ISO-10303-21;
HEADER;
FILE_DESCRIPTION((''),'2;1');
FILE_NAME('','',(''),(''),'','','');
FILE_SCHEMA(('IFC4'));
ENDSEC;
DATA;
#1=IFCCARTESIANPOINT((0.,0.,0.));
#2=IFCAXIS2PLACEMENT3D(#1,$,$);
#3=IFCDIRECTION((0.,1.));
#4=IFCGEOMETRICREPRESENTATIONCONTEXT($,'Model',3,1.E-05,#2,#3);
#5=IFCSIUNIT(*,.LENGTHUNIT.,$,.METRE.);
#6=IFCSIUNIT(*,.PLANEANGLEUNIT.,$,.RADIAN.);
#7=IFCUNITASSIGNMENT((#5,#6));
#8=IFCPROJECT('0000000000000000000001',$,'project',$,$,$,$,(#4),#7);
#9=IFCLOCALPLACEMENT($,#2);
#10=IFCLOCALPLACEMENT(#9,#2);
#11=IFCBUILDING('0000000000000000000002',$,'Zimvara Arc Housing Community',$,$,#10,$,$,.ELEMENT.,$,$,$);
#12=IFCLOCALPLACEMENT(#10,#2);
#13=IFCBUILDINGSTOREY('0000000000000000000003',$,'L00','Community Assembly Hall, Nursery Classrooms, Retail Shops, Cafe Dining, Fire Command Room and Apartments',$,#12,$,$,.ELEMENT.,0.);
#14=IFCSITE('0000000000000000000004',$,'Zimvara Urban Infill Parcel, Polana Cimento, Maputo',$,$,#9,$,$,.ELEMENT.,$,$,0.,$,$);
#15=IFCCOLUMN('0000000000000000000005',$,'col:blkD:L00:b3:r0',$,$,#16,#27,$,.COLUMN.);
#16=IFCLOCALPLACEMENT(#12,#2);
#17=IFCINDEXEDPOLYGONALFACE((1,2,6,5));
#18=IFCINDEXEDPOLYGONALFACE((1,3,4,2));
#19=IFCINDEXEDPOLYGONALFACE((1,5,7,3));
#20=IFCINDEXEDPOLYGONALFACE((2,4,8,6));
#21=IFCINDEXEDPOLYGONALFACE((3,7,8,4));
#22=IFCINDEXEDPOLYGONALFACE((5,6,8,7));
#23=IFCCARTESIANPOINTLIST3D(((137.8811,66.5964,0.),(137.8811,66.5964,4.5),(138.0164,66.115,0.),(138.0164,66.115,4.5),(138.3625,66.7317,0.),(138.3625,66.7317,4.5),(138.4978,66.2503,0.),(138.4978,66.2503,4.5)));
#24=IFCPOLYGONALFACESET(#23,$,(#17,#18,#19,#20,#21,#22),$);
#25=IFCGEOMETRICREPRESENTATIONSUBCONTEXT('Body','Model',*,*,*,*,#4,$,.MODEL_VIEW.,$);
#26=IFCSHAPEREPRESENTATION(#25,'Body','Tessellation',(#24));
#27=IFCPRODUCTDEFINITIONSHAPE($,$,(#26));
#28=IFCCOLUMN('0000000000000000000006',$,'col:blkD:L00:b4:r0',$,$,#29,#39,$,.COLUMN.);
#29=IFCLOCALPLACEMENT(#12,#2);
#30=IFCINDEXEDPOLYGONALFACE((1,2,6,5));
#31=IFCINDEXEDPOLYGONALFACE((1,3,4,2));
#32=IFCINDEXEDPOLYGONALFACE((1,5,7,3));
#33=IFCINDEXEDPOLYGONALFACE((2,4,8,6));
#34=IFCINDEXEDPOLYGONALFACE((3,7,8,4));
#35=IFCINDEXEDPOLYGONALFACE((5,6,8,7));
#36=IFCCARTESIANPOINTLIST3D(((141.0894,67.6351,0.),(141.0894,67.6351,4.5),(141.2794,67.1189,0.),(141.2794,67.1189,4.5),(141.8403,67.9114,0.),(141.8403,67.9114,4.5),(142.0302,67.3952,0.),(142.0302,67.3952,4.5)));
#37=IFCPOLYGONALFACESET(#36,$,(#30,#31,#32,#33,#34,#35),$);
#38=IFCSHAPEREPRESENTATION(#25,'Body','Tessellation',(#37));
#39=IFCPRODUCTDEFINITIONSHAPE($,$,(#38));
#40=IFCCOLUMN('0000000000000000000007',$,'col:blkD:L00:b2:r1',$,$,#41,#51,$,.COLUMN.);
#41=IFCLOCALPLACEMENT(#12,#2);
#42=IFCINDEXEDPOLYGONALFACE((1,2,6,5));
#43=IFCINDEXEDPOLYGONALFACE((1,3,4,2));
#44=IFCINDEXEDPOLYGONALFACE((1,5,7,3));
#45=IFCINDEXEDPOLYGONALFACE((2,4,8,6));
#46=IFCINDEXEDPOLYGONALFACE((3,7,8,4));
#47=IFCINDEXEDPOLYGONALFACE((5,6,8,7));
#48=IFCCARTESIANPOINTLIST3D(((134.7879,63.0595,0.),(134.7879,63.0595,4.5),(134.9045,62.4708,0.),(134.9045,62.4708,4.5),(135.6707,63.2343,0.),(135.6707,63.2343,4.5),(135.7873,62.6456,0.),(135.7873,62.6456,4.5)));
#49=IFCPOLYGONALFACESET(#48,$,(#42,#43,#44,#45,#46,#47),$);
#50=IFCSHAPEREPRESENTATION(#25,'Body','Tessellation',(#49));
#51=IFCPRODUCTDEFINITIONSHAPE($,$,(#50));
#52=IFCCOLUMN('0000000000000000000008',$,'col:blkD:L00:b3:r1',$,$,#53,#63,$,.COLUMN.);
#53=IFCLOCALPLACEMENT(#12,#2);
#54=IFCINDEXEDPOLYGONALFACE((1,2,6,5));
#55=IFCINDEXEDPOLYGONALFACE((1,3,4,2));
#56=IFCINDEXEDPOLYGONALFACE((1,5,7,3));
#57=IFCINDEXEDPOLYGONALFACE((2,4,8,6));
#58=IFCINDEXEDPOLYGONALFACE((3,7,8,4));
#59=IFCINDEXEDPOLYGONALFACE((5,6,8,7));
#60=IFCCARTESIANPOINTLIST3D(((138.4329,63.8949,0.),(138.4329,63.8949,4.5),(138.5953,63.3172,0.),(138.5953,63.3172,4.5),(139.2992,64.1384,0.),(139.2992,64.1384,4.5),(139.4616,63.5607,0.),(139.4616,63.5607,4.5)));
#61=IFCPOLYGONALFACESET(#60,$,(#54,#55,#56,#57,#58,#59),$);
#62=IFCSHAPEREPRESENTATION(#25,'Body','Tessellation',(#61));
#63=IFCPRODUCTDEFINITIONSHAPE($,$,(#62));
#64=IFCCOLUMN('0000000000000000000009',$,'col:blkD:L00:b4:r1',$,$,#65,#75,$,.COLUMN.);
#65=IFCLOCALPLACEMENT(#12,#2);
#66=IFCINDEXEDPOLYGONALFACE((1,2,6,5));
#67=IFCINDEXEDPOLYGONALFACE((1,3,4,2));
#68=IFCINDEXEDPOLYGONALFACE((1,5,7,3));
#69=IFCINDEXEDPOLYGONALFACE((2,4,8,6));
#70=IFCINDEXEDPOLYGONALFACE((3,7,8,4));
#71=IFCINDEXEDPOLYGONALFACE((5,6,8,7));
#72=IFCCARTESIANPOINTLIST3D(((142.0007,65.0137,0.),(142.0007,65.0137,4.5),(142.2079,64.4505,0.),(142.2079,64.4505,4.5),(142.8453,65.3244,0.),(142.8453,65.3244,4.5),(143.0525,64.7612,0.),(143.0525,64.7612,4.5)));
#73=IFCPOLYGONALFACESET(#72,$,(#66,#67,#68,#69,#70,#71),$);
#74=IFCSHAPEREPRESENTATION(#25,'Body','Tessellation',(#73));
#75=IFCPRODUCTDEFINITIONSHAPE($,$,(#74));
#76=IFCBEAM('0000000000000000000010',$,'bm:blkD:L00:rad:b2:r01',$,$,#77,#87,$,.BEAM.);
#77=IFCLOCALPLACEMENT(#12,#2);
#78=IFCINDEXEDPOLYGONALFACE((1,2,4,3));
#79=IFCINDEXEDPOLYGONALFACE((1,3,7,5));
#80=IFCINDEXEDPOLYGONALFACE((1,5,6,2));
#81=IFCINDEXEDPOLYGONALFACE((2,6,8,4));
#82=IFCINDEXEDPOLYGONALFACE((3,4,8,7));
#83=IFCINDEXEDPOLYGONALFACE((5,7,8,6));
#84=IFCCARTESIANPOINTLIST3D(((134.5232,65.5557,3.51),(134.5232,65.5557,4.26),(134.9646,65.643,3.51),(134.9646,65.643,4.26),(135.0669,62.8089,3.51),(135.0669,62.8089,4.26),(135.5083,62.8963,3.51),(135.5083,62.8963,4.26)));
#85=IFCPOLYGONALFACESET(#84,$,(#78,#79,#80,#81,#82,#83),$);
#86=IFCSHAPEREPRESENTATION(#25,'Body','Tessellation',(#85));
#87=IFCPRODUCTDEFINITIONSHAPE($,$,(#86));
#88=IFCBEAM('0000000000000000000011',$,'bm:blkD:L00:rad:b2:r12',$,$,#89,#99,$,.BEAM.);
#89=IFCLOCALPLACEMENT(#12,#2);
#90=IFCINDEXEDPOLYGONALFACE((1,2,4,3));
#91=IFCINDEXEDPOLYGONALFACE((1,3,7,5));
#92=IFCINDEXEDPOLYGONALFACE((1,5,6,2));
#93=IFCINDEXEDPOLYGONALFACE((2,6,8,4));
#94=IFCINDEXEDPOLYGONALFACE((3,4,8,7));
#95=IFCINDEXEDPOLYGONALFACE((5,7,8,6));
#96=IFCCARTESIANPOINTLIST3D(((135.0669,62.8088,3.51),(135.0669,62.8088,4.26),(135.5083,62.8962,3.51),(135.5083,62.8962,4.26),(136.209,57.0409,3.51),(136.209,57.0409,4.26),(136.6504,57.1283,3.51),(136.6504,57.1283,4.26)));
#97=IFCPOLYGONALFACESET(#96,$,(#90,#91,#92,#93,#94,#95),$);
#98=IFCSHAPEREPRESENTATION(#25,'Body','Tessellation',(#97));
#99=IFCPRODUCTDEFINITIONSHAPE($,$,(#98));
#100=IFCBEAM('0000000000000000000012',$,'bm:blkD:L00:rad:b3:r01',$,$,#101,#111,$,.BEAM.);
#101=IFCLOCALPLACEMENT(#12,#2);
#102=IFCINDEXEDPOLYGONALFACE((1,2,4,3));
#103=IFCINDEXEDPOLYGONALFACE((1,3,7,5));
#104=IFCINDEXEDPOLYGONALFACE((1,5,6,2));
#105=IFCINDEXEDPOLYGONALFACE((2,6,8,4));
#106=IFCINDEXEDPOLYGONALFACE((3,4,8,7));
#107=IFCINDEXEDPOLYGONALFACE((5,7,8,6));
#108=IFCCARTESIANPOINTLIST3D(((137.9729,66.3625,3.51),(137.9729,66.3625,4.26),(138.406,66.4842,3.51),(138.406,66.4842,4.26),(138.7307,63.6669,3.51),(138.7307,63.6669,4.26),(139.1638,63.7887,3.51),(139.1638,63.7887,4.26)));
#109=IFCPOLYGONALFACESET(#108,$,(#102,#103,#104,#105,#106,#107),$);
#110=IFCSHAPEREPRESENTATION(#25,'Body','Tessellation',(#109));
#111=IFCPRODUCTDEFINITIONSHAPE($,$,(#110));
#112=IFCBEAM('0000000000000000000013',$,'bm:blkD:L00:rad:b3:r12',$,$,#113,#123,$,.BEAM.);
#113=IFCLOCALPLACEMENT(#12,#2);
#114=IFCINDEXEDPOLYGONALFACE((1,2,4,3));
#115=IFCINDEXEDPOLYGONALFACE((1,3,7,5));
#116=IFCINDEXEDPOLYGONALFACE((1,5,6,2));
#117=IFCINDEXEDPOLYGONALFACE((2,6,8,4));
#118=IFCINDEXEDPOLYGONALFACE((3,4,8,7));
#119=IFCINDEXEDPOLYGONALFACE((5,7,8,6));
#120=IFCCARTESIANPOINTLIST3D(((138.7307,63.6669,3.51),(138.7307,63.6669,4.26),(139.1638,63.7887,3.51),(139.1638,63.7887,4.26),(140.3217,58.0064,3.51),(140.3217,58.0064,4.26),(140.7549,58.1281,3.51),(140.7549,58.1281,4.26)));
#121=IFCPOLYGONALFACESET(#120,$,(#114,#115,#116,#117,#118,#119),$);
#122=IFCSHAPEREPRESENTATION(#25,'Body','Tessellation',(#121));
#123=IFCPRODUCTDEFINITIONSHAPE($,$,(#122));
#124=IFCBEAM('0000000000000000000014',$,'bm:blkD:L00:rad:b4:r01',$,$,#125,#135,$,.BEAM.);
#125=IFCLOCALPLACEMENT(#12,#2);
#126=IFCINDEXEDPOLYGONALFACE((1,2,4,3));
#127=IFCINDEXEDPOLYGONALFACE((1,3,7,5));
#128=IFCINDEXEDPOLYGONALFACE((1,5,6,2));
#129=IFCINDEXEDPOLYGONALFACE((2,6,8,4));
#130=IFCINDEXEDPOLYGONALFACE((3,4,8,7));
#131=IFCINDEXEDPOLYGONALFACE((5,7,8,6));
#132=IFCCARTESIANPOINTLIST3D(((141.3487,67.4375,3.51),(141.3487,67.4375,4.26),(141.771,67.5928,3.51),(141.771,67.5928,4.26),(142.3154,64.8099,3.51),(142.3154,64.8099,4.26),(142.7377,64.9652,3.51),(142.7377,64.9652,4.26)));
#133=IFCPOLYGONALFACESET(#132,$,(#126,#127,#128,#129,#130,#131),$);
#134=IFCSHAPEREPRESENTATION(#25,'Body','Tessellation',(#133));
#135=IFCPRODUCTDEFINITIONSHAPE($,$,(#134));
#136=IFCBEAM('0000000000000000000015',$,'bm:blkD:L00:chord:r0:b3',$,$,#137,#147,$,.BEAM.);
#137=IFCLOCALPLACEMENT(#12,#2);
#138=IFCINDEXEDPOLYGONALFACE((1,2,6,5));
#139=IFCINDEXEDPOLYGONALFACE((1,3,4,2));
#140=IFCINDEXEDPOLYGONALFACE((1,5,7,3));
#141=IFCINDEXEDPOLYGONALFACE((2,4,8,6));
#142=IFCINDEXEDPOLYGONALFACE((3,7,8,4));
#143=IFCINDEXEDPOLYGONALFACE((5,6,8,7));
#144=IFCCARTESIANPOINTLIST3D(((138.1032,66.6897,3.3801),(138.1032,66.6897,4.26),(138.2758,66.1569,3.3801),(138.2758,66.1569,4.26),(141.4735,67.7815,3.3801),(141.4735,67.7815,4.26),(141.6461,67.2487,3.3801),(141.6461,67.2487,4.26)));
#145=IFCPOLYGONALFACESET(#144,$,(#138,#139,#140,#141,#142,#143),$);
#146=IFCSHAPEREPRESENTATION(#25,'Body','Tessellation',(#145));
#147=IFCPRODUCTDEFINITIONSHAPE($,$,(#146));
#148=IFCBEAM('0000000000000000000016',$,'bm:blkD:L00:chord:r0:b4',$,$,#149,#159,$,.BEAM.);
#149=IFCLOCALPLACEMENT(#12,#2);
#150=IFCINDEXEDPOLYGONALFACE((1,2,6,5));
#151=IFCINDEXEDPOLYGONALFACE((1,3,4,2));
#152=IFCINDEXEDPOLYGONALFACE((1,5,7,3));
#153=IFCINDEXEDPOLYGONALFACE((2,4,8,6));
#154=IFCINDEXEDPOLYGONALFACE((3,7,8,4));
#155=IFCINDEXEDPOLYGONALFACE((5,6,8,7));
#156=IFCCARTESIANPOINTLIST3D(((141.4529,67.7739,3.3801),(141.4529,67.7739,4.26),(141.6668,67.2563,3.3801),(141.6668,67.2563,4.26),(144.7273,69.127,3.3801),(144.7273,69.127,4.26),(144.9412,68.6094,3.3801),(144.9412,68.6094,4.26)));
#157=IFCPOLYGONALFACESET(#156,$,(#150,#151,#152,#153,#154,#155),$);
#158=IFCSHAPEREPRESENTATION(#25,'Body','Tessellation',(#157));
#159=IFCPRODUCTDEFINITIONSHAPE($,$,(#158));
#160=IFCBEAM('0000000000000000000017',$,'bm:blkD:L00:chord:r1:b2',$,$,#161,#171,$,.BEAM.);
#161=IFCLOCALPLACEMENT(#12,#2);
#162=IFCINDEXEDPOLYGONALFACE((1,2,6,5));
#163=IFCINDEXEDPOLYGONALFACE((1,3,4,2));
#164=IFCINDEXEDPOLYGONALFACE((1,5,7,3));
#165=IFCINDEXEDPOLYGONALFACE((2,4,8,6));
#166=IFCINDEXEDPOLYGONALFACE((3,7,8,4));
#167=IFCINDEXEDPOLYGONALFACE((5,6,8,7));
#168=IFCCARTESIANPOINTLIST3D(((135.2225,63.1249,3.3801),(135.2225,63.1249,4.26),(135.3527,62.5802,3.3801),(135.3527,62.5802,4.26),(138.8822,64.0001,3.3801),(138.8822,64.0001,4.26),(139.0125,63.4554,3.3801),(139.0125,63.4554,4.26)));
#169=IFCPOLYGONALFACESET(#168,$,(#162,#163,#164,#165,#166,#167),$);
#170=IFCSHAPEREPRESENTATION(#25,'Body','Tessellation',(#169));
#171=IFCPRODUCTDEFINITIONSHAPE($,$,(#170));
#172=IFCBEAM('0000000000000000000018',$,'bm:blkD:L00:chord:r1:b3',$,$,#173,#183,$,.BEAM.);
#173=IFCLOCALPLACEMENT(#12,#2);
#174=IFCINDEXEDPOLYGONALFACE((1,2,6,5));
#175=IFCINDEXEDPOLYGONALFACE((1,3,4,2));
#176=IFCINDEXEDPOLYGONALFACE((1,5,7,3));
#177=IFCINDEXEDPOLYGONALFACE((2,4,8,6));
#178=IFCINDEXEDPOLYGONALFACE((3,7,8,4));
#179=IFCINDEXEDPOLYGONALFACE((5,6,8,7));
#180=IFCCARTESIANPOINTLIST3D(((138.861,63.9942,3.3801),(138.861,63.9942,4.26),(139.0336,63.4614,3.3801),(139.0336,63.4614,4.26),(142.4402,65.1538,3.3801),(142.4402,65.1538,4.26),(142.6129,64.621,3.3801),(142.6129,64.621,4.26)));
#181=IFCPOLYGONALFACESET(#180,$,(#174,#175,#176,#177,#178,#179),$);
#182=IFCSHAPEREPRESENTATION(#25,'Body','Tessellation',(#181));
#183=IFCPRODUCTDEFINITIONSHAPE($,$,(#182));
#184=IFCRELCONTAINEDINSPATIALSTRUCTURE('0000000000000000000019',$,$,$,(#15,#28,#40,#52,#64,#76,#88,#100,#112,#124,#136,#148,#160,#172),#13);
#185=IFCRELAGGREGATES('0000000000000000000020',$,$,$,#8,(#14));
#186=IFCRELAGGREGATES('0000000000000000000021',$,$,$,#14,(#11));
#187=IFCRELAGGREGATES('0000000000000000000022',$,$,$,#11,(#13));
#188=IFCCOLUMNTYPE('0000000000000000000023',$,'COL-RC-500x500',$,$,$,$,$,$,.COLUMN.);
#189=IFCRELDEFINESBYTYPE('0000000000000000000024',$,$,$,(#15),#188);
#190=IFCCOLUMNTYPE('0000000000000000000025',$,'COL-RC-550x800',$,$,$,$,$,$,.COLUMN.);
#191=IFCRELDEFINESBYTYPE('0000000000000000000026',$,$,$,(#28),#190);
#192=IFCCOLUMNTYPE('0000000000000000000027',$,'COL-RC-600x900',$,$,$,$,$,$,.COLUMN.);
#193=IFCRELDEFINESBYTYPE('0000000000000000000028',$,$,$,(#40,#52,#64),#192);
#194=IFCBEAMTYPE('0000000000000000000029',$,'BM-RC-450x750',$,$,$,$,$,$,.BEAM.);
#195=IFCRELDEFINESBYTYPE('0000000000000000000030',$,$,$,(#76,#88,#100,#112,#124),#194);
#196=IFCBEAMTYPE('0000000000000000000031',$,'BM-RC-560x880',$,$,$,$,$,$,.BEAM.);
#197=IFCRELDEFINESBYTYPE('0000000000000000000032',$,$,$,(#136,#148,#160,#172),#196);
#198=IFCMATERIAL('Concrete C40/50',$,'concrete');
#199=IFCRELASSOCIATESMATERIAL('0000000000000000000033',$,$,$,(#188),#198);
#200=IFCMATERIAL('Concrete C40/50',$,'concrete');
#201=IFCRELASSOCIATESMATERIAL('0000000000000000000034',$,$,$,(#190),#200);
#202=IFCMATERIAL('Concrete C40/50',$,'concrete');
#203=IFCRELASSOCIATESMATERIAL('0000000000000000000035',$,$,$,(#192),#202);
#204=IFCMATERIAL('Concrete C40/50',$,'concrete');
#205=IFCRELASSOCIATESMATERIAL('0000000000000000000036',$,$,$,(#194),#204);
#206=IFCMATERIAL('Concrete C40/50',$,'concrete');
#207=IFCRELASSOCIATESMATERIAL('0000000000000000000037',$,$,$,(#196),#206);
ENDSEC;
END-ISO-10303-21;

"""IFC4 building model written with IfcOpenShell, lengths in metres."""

from ifc_helpers import new_model, si_unit, direction, frame, origin, origin_2d, place, context, subcontext, project, spatial, rectangle, extrude, material, material_profile, profile_set, type_object, element, save


model = new_model("IFC4")

# Units and contexts
model_context = context("Model", 3, precision=1e-05, world=origin(), true_north=direction((0.0, 1.0)))
body_context = subcontext(model_context, "Body", "Model", "MODEL_VIEW")
ifc_project = project(units=[si_unit("LENGTHUNIT", "METRE"), si_unit("PLANEANGLEUNIT", "RADIAN")], contexts=[model_context])

# Site, building, storey
site_placement = place(None, origin())
site = spatial("IfcSite", under=ifc_project, at=site_placement, Name="Zimvara Urban Infill Parcel, Polana Cimento, Maputo", CompositionType="ELEMENT", RefElevation=0.0)
building_placement = place(site_placement, origin())
building = spatial("IfcBuilding", under=site, at=building_placement, Name="Zimvara Arc Housing Community", CompositionType="ELEMENT")
storey_placement = place(building_placement, origin())
storey = spatial("IfcBuildingStorey", under=building, at=storey_placement, Name="L00", Description="Community Assembly Hall, Nursery Classrooms, Retail Shops, Cafe Dining, Fire Command Room and Apartments", CompositionType="ELEMENT", Elevation=0.0)

# Columns
ifc_material_1 = material(Name="Concrete C40/50", Category="concrete")
ifc_material_profile_1 = material_profile(ifc_material_1, rectangle(XDim=0.5, YDim=0.5, at=origin_2d()), Name="RC 500x500")
ifc_profile_set_1 = profile_set([ifc_material_profile_1], Name="Concrete C40/50")
column_type_1 = type_object("IfcColumnType", Name="COL-RC-500x500", PredefinedType="COLUMN", material=ifc_profile_set_1)
column_1_placement = place(storey_placement, frame((138.1895, 66.4233, 0.0), z_axis=(0.0, 0.0, 1.0), x_axis=(0.2706, -0.962692, 0.0)))
element("IfcColumn", 1, at=column_1_placement, inside=storey, type_object=column_type_1, Name="col:blkD:L00:b3:r0", PredefinedType="COLUMN", context=body_context, shape_type="SweptSolid", body=[
    extrude(rectangle(XDim=0.5, YDim=0.5, at=origin_2d()), origin(), (0.0, 0.0, 1.0), 4.5),
])
ifc_material_2 = material(Name="Concrete C40/50", Category="concrete")
ifc_material_profile_2 = material_profile(ifc_material_2, rectangle(XDim=0.55, YDim=0.8, at=origin_2d()), Name="RC 550x800")
ifc_profile_set_2 = profile_set([ifc_material_profile_2], Name="Concrete C40/50")
column_type_2 = type_object("IfcColumnType", Name="COL-RC-550x800", PredefinedType="COLUMN", material=ifc_profile_set_2)
column_2_placement = place(storey_placement, frame((141.5598, 67.5151, 0.0), z_axis=(0.0, 0.0, 1.0), x_axis=(0.345298, -0.938493, 0.0)))
element("IfcColumn", 2, at=column_2_placement, inside=storey, type_object=column_type_2, Name="col:blkD:L00:b4:r0", PredefinedType="COLUMN", context=body_context, shape_type="SweptSolid", body=[
    extrude(rectangle(XDim=0.55, YDim=0.8, at=origin_2d()), origin(), (0.0, 0.0, 1.0), 4.5),
])
ifc_material_3 = material(Name="Concrete C40/50", Category="concrete")
ifc_material_profile_3 = material_profile(ifc_material_3, rectangle(XDim=0.6001, YDim=0.8999, at=origin_2d()), Name="RC 600x900")
ifc_profile_set_3 = profile_set([ifc_material_profile_3], Name="Concrete C40/50")
column_type_3 = type_object("IfcColumnType", Name="COL-RC-600x900", PredefinedType="COLUMN", material=ifc_profile_set_3)
for number, where, z_axis, x_axis, name in (
    (3, (135.2876, 62.8525, 0.0), (0.0, 0.0, 1.0), (0.194234, -0.980955, 0.0), "col:blkD:L00:b2:r1"),
    (4, (138.9473, 63.7278, 0.0), (0.0, 0.0, 1.0), (0.2706, -0.962692, 0.0), "col:blkD:L00:b3:r1"),
    (5, (142.5266, 64.8875, 0.0), (0.0, 0.0, 1.0), (0.345298, -0.938493, 0.0), "col:blkD:L00:b4:r1"),
):
    element("IfcColumn", number, at=place(storey_placement, frame(where, z_axis=z_axis, x_axis=x_axis)), inside=storey, type_object=column_type_3, Name=name, PredefinedType="COLUMN", context=body_context, shape_type="SweptSolid", body=[
        extrude(rectangle(XDim=0.6001, YDim=0.8999, at=origin_2d()), origin(), (0.0, 0.0, 1.0), 4.5),
    ])

# Beams
ifc_material_4 = material(Name="Concrete C40/50", Category="concrete")
ifc_material_profile_4 = material_profile(ifc_material_4, rectangle(XDim=0.45, YDim=0.75, at=origin_2d()), Name="RC 450x750")
ifc_profile_set_4 = profile_set([ifc_material_profile_4], Name="Concrete C40/50")
beam_type_1 = type_object("IfcBeamType", Name="BM-RC-450x750", PredefinedType="BEAM", material=ifc_profile_set_4)
beam_1_placement = place(storey_placement, frame((134.7439, 65.5994, 3.885), z_axis=(0.194171, -0.980968, 0.0), x_axis=(0.980968, 0.194171, 0.0)))
element("IfcBeam", 6, at=beam_1_placement, inside=storey, type_object=beam_type_1, Name="bm:blkD:L00:rad:b2:r01", PredefinedType="BEAM", context=body_context, shape_type="SweptSolid", body=[
    extrude(rectangle(XDim=0.45, YDim=0.75, at=origin_2d()), origin(), (0.0, 0.0, 1.0), 2.8),
])
beam_2_placement = place(storey_placement, frame((135.2876, 62.8525, 3.885), z_axis=(0.194239, -0.980954, 0.0), x_axis=(0.980954, 0.194239, 0.0)))
element("IfcBeam", 7, at=beam_2_placement, inside=storey, type_object=beam_type_1, Name="bm:blkD:L00:rad:b2:r12", PredefinedType="BEAM", context=body_context, shape_type="SweptSolid", body=[
    extrude(rectangle(XDim=0.45, YDim=0.75, at=origin_2d()), origin(), (0.0, 0.0, 1.0), 5.8799),
])
beam_3_placement = place(storey_placement, frame((138.1895, 66.4233, 3.885), z_axis=(0.270642, -0.96268, 0.0), x_axis=(0.96268, 0.270642, 0.0)))
element("IfcBeam", 8, at=beam_3_placement, inside=storey, type_object=beam_type_1, Name="bm:blkD:L00:rad:b3:r01", PredefinedType="BEAM", context=body_context, shape_type="SweptSolid", body=[
    extrude(rectangle(XDim=0.45, YDim=0.75, at=origin_2d()), origin(), (0.0, 0.0, 1.0), 2.8),
])
beam_4_placement = place(storey_placement, frame((138.9473, 63.7278, 3.885), z_axis=(0.270589, -0.962695, 0.0), x_axis=(0.962695, 0.270589, 0.0)))
element("IfcBeam", 9, at=beam_4_placement, inside=storey, type_object=beam_type_1, Name="bm:blkD:L00:rad:b3:r12", PredefinedType="BEAM", context=body_context, shape_type="SweptSolid", body=[
    extrude(rectangle(XDim=0.45, YDim=0.75, at=origin_2d()), origin(), (0.0, 0.0, 1.0), 5.8799),
])
beam_5_placement = place(storey_placement, frame((141.5598, 67.5151, 3.885), z_axis=(0.345297, -0.938493, 0.0), x_axis=(0.938493, 0.345297, 0.0)))
element("IfcBeam", 10, at=beam_5_placement, inside=storey, type_object=beam_type_1, Name="bm:blkD:L00:rad:b4:r01", PredefinedType="BEAM", context=body_context, shape_type="SweptSolid", body=[
    extrude(rectangle(XDim=0.45, YDim=0.75, at=origin_2d()), origin(), (0.0, 0.0, 1.0), 2.7998),
])
ifc_material_5 = material(Name="Concrete C40/50", Category="concrete")
ifc_material_profile_5 = material_profile(ifc_material_5, rectangle(XDim=0.5601, YDim=0.8799, at=origin_2d()), Name="RC 560x880")
ifc_profile_set_5 = profile_set([ifc_material_profile_5], Name="Concrete C40/50")
beam_type_2 = type_object("IfcBeamType", Name="BM-RC-560x880", PredefinedType="BEAM", material=ifc_profile_set_5)
beam_6_placement = place(storey_placement, frame((138.1895, 66.4233, 3.8201), z_axis=(0.95133, 0.308174, 0.0), x_axis=(-0.308174, 0.95133, 0.0)))
element("IfcBeam", 11, at=beam_6_placement, inside=storey, type_object=beam_type_2, Name="bm:blkD:L00:chord:r0:b3", PredefinedType="BEAM", context=body_context, shape_type="SweptSolid", body=[
    extrude(rectangle(XDim=0.5601, YDim=0.8799, at=origin_2d()), origin(), (0.0, 0.0, 1.0), 3.5427),
])
beam_7_placement = place(storey_placement, frame((141.5598, 67.5151, 3.8201), z_axis=(0.924206, 0.381893, 0.0), x_axis=(-0.381893, 0.924206, 0.0)))
element("IfcBeam", 12, at=beam_7_placement, inside=storey, type_object=beam_type_2, Name="bm:blkD:L00:chord:r0:b4", PredefinedType="BEAM", context=body_context, shape_type="SweptSolid", body=[
    extrude(rectangle(XDim=0.5601, YDim=0.8799, at=origin_2d()), origin(), (0.0, 0.0, 1.0), 3.543),
])
beam_8_placement = place(storey_placement, frame((135.2876, 62.8525, 3.8201), z_axis=(0.972573, 0.2326, 0.0), x_axis=(-0.2326, 0.972573, 0.0)))
element("IfcBeam", 13, at=beam_8_placement, inside=storey, type_object=beam_type_2, Name="bm:blkD:L00:chord:r1:b2", PredefinedType="BEAM", context=body_context, shape_type="SweptSolid", body=[
    extrude(rectangle(XDim=0.5601, YDim=0.8799, at=origin_2d()), origin(), (0.0, 0.0, 1.0), 3.7629),
])
beam_9_placement = place(storey_placement, frame((138.9473, 63.7278, 3.8201), z_axis=(0.951316, 0.308216, 0.0), x_axis=(-0.308216, 0.951316, 0.0)))
element("IfcBeam", 14, at=beam_9_placement, inside=storey, type_object=beam_type_2, Name="bm:blkD:L00:chord:r1:b3", PredefinedType="BEAM", context=body_context, shape_type="SweptSolid", body=[
    extrude(rectangle(XDim=0.5601, YDim=0.8799, at=origin_2d()), origin(), (0.0, 0.0, 1.0), 3.7625),
])

save(model, "model.ifc")
